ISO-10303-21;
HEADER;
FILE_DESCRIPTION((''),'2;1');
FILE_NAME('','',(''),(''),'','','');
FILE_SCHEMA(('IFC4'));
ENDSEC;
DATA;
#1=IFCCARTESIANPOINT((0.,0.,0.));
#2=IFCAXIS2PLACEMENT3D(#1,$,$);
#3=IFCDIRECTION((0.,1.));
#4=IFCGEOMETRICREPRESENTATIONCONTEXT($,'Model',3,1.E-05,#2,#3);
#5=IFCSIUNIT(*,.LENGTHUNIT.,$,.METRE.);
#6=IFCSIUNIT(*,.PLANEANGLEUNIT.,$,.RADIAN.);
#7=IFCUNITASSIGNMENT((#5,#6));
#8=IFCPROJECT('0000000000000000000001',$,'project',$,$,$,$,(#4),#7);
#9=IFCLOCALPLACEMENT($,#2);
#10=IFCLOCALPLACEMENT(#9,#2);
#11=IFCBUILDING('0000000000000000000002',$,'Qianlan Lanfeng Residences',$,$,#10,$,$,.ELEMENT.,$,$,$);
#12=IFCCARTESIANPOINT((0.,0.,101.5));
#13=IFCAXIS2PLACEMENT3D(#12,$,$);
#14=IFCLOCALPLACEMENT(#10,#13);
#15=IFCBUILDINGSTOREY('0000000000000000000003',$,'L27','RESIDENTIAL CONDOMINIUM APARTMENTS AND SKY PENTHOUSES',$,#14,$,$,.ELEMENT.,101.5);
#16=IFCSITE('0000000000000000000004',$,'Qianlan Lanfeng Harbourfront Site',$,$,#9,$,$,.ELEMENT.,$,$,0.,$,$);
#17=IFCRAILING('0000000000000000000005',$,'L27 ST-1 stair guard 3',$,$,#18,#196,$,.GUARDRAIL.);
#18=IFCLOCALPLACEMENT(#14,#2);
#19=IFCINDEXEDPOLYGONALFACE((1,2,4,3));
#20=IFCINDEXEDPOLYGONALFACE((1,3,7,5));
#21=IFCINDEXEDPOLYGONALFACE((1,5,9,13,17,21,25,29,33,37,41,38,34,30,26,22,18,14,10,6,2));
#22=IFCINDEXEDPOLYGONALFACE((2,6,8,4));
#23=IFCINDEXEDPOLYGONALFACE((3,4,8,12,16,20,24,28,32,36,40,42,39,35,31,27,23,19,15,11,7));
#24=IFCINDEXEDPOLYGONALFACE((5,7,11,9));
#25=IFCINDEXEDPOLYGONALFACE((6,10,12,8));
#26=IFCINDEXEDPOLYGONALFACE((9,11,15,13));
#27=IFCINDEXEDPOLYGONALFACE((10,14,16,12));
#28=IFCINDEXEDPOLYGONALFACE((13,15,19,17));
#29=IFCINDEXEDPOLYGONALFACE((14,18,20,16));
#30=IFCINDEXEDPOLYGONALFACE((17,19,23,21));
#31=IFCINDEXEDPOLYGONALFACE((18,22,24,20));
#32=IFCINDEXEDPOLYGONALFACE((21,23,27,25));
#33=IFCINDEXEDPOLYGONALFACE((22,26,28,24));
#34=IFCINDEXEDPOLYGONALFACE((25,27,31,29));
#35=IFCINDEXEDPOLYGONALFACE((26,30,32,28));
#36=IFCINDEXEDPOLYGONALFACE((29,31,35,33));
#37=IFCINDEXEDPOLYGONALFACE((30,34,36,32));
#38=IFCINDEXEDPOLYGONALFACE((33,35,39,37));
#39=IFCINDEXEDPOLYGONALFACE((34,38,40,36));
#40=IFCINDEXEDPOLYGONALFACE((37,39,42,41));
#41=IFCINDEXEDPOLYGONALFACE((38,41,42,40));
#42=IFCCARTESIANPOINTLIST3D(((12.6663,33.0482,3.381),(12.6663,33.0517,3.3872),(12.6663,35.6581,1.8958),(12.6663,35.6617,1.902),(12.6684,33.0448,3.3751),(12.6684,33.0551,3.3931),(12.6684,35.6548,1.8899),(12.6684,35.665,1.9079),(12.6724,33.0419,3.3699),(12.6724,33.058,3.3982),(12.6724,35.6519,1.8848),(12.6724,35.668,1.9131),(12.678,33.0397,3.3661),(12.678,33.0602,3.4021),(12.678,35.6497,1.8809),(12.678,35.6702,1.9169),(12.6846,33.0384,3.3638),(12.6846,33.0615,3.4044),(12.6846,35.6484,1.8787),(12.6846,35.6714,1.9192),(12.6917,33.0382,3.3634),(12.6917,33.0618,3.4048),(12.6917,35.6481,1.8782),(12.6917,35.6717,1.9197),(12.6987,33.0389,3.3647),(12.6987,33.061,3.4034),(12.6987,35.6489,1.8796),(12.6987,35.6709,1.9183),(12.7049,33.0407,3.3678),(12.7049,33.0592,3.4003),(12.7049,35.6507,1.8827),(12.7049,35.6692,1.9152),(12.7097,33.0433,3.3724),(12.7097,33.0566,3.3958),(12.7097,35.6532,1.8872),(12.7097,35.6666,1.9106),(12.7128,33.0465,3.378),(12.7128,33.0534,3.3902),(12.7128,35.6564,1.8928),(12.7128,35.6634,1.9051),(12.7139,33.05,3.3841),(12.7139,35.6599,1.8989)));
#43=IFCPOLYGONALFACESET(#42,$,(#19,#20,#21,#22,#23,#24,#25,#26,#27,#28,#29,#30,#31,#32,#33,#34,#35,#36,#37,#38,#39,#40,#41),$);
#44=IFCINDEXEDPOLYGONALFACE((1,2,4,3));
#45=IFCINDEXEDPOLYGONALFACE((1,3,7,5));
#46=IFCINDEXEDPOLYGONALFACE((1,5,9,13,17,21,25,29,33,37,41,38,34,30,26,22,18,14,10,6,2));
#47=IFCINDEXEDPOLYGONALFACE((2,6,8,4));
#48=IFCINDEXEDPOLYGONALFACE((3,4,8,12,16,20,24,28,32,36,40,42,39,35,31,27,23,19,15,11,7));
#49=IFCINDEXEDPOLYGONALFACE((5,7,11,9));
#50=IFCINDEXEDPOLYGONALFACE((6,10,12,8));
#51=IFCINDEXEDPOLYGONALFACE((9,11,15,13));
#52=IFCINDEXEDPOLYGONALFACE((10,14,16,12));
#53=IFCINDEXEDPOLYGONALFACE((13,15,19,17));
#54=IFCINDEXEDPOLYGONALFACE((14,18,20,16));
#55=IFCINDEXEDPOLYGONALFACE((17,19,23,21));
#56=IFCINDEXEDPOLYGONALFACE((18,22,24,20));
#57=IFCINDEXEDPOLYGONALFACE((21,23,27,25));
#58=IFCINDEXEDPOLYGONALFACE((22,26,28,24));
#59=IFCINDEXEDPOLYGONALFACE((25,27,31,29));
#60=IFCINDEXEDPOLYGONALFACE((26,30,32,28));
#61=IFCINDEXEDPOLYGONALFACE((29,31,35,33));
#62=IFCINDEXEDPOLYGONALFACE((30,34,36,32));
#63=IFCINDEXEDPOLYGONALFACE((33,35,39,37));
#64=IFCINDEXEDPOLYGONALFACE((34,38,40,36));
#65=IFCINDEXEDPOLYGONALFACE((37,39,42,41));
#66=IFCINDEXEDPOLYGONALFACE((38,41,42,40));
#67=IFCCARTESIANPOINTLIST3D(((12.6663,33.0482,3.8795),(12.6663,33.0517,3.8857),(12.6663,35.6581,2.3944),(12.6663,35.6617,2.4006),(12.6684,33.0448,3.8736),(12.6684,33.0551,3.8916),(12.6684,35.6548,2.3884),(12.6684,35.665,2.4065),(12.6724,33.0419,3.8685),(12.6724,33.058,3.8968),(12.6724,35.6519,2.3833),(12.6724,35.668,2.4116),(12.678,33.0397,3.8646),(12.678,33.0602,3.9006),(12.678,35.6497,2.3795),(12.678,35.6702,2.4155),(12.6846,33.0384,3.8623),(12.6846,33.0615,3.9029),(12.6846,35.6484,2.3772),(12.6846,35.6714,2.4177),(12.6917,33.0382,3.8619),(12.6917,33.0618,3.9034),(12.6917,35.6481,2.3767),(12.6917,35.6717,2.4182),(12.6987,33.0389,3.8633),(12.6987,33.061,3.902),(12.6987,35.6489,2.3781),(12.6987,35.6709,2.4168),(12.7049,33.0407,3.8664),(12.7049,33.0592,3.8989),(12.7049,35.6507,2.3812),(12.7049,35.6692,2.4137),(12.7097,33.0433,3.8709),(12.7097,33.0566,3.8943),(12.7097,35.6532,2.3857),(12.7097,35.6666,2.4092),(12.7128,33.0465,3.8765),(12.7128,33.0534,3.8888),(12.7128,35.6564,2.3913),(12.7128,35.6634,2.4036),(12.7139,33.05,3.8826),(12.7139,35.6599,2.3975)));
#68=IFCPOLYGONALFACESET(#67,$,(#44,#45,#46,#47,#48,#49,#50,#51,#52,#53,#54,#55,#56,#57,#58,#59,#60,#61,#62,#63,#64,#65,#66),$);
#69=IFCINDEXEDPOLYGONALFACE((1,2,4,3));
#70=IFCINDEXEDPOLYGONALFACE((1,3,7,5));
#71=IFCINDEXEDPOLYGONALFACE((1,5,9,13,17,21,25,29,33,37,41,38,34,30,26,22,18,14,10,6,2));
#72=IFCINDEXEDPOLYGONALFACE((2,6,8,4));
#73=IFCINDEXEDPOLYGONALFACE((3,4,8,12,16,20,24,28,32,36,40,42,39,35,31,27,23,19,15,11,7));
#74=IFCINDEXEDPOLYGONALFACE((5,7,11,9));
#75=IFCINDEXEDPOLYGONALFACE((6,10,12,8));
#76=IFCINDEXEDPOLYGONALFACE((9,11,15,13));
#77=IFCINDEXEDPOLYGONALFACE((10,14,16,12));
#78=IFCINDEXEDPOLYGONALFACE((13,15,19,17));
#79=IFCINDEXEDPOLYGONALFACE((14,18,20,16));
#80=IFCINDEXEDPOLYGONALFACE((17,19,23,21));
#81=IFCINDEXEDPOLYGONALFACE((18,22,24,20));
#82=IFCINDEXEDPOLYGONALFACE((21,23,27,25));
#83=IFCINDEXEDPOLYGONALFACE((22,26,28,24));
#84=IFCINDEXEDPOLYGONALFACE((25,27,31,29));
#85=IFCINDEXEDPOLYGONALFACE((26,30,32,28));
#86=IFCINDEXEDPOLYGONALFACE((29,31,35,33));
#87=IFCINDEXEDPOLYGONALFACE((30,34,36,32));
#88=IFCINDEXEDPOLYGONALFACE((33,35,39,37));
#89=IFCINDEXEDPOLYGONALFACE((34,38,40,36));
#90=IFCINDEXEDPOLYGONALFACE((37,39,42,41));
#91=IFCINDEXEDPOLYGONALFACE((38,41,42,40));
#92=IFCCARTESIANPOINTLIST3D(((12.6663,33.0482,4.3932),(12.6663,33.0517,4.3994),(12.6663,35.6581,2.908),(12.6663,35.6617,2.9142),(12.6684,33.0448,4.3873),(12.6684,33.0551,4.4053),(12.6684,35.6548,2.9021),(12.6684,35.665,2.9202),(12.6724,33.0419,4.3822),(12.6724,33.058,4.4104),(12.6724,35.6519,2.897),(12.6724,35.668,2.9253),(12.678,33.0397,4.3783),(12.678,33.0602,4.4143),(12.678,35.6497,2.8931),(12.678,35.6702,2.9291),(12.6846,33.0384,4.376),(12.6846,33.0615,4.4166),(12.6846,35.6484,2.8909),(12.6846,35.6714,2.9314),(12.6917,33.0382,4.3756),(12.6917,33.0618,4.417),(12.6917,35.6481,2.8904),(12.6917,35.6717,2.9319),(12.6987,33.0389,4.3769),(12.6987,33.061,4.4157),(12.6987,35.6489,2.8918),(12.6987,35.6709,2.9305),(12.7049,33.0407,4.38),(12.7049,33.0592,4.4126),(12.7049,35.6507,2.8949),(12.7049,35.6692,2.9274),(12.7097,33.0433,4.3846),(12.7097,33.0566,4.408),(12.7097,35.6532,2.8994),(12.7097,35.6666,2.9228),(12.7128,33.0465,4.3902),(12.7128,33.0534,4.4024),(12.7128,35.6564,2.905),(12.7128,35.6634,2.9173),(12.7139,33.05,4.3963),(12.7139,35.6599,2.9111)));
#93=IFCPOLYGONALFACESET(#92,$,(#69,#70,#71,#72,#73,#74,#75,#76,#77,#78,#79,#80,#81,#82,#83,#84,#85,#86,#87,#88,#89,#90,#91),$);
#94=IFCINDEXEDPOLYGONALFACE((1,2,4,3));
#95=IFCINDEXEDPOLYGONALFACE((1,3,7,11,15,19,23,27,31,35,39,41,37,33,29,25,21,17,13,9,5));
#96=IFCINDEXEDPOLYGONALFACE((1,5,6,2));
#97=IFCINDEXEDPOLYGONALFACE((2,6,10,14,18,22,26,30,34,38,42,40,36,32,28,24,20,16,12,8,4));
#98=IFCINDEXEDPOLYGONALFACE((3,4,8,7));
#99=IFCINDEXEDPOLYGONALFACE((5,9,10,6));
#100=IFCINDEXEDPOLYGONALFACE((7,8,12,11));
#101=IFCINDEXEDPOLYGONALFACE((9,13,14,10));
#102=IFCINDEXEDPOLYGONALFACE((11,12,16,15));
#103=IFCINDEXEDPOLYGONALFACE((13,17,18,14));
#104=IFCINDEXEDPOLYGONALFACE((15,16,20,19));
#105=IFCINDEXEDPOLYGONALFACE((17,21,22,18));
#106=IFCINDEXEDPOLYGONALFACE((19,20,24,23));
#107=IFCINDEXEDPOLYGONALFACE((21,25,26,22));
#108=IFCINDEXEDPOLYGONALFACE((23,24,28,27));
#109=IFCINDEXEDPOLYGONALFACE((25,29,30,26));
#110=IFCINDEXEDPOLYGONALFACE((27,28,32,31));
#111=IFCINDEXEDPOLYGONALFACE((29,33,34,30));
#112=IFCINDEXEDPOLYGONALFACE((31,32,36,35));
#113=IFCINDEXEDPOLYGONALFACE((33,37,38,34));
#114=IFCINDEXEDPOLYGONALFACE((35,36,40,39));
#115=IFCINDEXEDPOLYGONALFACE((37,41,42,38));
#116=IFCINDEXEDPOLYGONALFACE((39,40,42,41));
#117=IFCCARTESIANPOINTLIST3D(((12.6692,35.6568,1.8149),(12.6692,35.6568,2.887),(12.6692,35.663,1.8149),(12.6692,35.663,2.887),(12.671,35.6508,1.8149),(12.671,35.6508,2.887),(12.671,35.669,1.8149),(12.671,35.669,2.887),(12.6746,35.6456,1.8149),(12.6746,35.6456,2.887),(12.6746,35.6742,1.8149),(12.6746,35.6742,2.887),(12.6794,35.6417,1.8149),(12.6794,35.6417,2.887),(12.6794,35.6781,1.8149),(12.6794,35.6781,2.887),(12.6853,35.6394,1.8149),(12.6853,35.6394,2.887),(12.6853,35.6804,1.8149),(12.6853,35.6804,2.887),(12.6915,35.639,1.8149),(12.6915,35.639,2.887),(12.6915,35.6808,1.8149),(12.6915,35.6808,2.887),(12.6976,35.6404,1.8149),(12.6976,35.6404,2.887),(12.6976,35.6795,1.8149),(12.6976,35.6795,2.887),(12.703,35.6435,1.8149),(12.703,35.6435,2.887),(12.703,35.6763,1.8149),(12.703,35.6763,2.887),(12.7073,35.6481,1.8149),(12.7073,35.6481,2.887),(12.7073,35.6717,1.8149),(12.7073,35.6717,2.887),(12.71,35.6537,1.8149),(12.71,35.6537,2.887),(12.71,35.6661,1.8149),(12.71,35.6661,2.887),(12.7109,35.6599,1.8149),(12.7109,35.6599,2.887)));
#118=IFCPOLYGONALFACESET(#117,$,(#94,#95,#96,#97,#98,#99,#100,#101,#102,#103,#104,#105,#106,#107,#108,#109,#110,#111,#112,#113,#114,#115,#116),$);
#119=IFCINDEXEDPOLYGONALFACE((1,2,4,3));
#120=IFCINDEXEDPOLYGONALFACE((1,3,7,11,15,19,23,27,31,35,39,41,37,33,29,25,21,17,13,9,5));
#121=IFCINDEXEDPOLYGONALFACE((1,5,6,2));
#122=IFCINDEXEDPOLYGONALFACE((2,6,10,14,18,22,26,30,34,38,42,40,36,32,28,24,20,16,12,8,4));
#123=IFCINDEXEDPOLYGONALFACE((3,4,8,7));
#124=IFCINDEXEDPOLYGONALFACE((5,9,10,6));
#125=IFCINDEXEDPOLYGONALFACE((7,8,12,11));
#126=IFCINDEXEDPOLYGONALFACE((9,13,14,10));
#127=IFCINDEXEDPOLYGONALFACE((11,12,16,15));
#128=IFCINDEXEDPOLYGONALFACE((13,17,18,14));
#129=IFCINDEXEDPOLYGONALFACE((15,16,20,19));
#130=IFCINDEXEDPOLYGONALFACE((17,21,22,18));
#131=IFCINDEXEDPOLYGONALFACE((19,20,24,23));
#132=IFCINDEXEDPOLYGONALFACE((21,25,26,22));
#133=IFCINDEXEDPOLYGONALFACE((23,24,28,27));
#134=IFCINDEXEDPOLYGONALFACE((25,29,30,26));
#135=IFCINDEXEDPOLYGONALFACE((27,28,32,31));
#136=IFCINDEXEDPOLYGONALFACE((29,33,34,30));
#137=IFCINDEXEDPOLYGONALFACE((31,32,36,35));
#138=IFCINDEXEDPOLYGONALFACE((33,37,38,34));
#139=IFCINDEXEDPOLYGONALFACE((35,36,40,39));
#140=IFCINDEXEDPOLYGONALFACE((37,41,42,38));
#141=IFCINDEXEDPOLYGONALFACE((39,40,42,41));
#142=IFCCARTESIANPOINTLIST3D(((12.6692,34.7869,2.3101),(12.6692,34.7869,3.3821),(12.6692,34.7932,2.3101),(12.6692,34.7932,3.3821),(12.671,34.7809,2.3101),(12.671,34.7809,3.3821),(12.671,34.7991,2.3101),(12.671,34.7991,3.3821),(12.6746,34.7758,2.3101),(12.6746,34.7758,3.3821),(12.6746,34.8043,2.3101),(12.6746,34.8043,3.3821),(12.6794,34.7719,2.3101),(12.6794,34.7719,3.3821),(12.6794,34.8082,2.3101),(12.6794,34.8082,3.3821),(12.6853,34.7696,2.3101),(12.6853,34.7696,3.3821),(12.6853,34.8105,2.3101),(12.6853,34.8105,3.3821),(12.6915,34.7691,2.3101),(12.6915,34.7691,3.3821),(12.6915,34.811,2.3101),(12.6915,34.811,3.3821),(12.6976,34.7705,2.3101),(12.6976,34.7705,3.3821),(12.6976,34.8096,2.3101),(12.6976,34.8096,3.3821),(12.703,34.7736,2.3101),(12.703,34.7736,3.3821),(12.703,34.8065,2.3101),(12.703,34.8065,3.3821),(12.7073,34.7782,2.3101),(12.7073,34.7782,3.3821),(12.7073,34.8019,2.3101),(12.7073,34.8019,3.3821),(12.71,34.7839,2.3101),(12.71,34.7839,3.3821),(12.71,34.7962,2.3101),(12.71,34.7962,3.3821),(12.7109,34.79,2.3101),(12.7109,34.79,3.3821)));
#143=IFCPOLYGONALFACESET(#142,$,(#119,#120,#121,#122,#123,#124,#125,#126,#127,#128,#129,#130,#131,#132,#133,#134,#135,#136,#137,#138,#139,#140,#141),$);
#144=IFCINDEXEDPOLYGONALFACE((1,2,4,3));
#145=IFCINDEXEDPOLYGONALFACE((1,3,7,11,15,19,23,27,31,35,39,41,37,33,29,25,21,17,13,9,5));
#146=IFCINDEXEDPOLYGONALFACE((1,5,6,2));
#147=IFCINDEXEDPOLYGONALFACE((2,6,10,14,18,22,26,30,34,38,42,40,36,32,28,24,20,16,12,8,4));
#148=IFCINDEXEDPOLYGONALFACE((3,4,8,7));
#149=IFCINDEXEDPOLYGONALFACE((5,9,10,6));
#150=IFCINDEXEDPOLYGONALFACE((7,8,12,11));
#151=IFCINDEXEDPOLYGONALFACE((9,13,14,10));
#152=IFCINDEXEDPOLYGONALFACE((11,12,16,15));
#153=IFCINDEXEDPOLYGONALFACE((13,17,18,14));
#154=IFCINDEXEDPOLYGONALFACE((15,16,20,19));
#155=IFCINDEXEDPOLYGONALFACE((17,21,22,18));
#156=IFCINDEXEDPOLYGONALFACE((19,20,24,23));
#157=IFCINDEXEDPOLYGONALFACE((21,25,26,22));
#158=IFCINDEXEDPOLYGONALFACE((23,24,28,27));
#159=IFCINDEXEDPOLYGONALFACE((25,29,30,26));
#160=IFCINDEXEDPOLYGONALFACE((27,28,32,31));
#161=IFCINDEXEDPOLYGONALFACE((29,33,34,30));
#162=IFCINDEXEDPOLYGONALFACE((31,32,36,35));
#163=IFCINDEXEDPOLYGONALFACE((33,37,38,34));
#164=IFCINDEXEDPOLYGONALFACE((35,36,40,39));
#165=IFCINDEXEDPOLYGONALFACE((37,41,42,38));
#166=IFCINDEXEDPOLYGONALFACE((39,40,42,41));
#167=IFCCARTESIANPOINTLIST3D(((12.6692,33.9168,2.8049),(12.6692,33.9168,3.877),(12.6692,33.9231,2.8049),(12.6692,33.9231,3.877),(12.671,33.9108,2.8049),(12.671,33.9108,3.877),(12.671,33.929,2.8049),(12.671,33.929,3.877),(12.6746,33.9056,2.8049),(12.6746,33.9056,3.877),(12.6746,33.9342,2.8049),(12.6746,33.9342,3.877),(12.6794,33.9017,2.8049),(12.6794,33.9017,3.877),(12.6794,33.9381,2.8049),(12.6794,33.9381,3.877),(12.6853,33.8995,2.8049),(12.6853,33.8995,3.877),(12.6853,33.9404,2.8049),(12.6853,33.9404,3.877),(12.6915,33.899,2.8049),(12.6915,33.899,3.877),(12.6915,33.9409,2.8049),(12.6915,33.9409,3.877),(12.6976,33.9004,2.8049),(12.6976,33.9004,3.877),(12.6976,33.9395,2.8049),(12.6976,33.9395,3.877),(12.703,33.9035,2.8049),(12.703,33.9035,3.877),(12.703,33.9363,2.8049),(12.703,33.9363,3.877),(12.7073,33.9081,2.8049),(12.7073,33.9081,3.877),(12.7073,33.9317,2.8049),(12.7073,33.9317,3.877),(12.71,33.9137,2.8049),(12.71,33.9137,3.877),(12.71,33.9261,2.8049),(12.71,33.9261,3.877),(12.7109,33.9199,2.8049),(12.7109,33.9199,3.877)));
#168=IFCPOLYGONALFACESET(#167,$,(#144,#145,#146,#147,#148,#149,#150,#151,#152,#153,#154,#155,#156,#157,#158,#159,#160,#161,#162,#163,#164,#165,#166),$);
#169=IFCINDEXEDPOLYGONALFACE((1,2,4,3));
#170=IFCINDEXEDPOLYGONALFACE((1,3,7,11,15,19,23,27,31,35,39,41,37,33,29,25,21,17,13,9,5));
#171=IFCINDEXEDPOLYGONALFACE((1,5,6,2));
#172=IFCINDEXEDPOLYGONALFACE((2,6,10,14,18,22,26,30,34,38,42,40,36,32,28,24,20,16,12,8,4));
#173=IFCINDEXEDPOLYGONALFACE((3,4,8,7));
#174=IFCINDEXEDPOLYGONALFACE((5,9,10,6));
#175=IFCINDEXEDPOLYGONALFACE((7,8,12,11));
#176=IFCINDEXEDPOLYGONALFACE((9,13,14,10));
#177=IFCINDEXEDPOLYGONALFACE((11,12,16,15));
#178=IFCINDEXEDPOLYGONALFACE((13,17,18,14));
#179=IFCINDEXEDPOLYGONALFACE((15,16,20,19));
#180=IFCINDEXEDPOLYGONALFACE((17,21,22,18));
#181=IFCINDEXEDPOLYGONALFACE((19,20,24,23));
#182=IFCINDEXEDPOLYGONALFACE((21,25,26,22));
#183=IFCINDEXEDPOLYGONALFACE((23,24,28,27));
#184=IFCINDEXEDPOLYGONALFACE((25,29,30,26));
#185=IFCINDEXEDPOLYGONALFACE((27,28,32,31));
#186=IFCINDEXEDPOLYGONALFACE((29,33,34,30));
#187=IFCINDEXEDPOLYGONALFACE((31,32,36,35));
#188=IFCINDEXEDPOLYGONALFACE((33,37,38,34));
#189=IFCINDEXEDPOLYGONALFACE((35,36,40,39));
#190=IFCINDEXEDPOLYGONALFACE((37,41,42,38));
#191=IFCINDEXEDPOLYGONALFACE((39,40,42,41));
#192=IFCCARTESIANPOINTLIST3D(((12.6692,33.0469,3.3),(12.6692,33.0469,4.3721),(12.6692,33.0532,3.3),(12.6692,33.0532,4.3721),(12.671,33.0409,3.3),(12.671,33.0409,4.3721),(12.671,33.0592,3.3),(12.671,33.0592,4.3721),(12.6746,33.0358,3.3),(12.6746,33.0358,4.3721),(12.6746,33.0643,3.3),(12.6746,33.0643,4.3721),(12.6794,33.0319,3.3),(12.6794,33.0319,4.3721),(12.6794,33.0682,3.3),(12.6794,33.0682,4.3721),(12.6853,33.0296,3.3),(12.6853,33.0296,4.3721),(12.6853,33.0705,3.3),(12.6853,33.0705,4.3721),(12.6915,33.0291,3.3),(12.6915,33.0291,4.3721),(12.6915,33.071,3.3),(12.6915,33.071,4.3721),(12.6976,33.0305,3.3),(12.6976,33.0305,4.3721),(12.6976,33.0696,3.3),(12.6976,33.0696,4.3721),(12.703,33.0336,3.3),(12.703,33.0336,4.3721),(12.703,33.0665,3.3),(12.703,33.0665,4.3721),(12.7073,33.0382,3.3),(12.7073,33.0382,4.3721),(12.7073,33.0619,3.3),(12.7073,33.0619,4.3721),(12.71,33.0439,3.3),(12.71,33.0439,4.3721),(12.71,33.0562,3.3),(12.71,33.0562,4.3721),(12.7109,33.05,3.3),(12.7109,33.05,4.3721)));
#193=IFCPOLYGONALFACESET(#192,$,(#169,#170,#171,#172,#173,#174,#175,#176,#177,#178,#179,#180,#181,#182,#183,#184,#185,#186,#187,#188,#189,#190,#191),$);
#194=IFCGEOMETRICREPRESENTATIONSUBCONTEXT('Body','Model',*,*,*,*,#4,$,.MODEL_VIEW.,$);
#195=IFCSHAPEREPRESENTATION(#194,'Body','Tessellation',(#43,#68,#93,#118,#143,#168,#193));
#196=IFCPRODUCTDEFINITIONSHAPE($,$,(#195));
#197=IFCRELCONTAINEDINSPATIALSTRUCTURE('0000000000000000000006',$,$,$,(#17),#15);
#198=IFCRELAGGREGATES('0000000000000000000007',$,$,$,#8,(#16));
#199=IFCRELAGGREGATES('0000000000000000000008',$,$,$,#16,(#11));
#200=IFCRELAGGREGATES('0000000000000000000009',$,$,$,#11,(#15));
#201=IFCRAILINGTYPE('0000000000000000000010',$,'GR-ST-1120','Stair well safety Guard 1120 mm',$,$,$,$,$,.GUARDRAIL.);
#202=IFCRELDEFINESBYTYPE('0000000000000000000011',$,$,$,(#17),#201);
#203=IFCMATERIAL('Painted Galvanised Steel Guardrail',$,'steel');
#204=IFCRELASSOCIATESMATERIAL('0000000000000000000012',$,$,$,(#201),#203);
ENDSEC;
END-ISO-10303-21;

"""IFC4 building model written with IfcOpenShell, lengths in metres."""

from ifc_helpers import new_model, si_unit, direction, frame, origin, origin_2d, place, context, subcontext, project, spatial, circle, extrude, material, type_object, element, save


model = new_model("IFC4")

# Units and contexts
model_context = context("Model", 3, precision=1e-05, world=origin(), true_north=direction((0.0, 1.0)))
body_context = subcontext(model_context, "Body", "Model", "MODEL_VIEW")
ifc_project = project(units=[si_unit("LENGTHUNIT", "METRE"), si_unit("PLANEANGLEUNIT", "RADIAN")], contexts=[model_context])

# Site, building, storey
site_placement = place(None, origin())
site = spatial("IfcSite", under=ifc_project, at=site_placement, Name="Qianlan Lanfeng Harbourfront Site", CompositionType="ELEMENT", RefElevation=0.0)
building_placement = place(site_placement, origin())
building = spatial("IfcBuilding", under=site, at=building_placement, Name="Qianlan Lanfeng Residences", CompositionType="ELEMENT")
storey_placement = place(building_placement, frame((0.0, 0.0, 101.5)))
storey = spatial("IfcBuildingStorey", under=building, at=storey_placement, Name="L27", Description="RESIDENTIAL CONDOMINIUM APARTMENTS AND SKY PENTHOUSES", CompositionType="ELEMENT", Elevation=101.5)

# Railing
ifc_material_1 = material(Name="Painted Galvanised Steel Guardrail", Category="steel")
railing_type_1 = type_object("IfcRailingType", Name="GR-ST-1120", Description="Stair well safety Guard 1120 mm", PredefinedType="GUARDRAIL", material=ifc_material_1)
railing_1_placement = place(storey_placement, frame((12.6899, 35.6599, 1.8149)))
element("IfcRailing", 1, at=railing_1_placement, inside=storey, type_object=railing_type_1, Name="L27 ST-1 stair guard 3", PredefinedType="GUARDRAIL", context=body_context, shape_type="SweptSolid", body=[
    extrude(circle(Radius=0.0239, at=origin_2d()), frame((0.0, 0.0, 0.084), z_axis=(0.0, -0.869137, 0.494571), x_axis=(1.0, 0.0, 0.0)), (0.0, 0.0, 1.0), 3.0029),
    extrude(circle(Radius=0.0239, at=origin_2d()), frame((0.0, 0.0, 0.5825), z_axis=(0.0, -0.869137, 0.494571), x_axis=(1.0, 0.0, 0.0)), (0.0, 0.0, 1.0), 3.0029),
    extrude(circle(Radius=0.0239, at=origin_2d()), frame((0.0, 0.0, 1.0962), z_axis=(0.0, -0.869137, 0.494571), x_axis=(1.0, 0.0, 0.0)), (0.0, 0.0, 1.0), 3.0029),
    extrude(circle(Radius=0.021, at=origin_2d()), origin(), (0.0, 0.0, 1.0), 1.072),
    extrude(circle(Radius=0.021, at=origin_2d()), frame((0.0, -0.8699, 0.4951)), (0.0, 0.0, 1.0), 1.072),
    extrude(circle(Radius=0.021, at=origin_2d()), frame((0.0, -1.74, 0.99)), (0.0, 0.0, 1.0), 1.072),
    extrude(circle(Radius=0.021, at=origin_2d()), frame((0.0, -2.6099, 1.4851)), (0.0, 0.0, 1.0), 1.072),
])

save(model, "model.ifc")
